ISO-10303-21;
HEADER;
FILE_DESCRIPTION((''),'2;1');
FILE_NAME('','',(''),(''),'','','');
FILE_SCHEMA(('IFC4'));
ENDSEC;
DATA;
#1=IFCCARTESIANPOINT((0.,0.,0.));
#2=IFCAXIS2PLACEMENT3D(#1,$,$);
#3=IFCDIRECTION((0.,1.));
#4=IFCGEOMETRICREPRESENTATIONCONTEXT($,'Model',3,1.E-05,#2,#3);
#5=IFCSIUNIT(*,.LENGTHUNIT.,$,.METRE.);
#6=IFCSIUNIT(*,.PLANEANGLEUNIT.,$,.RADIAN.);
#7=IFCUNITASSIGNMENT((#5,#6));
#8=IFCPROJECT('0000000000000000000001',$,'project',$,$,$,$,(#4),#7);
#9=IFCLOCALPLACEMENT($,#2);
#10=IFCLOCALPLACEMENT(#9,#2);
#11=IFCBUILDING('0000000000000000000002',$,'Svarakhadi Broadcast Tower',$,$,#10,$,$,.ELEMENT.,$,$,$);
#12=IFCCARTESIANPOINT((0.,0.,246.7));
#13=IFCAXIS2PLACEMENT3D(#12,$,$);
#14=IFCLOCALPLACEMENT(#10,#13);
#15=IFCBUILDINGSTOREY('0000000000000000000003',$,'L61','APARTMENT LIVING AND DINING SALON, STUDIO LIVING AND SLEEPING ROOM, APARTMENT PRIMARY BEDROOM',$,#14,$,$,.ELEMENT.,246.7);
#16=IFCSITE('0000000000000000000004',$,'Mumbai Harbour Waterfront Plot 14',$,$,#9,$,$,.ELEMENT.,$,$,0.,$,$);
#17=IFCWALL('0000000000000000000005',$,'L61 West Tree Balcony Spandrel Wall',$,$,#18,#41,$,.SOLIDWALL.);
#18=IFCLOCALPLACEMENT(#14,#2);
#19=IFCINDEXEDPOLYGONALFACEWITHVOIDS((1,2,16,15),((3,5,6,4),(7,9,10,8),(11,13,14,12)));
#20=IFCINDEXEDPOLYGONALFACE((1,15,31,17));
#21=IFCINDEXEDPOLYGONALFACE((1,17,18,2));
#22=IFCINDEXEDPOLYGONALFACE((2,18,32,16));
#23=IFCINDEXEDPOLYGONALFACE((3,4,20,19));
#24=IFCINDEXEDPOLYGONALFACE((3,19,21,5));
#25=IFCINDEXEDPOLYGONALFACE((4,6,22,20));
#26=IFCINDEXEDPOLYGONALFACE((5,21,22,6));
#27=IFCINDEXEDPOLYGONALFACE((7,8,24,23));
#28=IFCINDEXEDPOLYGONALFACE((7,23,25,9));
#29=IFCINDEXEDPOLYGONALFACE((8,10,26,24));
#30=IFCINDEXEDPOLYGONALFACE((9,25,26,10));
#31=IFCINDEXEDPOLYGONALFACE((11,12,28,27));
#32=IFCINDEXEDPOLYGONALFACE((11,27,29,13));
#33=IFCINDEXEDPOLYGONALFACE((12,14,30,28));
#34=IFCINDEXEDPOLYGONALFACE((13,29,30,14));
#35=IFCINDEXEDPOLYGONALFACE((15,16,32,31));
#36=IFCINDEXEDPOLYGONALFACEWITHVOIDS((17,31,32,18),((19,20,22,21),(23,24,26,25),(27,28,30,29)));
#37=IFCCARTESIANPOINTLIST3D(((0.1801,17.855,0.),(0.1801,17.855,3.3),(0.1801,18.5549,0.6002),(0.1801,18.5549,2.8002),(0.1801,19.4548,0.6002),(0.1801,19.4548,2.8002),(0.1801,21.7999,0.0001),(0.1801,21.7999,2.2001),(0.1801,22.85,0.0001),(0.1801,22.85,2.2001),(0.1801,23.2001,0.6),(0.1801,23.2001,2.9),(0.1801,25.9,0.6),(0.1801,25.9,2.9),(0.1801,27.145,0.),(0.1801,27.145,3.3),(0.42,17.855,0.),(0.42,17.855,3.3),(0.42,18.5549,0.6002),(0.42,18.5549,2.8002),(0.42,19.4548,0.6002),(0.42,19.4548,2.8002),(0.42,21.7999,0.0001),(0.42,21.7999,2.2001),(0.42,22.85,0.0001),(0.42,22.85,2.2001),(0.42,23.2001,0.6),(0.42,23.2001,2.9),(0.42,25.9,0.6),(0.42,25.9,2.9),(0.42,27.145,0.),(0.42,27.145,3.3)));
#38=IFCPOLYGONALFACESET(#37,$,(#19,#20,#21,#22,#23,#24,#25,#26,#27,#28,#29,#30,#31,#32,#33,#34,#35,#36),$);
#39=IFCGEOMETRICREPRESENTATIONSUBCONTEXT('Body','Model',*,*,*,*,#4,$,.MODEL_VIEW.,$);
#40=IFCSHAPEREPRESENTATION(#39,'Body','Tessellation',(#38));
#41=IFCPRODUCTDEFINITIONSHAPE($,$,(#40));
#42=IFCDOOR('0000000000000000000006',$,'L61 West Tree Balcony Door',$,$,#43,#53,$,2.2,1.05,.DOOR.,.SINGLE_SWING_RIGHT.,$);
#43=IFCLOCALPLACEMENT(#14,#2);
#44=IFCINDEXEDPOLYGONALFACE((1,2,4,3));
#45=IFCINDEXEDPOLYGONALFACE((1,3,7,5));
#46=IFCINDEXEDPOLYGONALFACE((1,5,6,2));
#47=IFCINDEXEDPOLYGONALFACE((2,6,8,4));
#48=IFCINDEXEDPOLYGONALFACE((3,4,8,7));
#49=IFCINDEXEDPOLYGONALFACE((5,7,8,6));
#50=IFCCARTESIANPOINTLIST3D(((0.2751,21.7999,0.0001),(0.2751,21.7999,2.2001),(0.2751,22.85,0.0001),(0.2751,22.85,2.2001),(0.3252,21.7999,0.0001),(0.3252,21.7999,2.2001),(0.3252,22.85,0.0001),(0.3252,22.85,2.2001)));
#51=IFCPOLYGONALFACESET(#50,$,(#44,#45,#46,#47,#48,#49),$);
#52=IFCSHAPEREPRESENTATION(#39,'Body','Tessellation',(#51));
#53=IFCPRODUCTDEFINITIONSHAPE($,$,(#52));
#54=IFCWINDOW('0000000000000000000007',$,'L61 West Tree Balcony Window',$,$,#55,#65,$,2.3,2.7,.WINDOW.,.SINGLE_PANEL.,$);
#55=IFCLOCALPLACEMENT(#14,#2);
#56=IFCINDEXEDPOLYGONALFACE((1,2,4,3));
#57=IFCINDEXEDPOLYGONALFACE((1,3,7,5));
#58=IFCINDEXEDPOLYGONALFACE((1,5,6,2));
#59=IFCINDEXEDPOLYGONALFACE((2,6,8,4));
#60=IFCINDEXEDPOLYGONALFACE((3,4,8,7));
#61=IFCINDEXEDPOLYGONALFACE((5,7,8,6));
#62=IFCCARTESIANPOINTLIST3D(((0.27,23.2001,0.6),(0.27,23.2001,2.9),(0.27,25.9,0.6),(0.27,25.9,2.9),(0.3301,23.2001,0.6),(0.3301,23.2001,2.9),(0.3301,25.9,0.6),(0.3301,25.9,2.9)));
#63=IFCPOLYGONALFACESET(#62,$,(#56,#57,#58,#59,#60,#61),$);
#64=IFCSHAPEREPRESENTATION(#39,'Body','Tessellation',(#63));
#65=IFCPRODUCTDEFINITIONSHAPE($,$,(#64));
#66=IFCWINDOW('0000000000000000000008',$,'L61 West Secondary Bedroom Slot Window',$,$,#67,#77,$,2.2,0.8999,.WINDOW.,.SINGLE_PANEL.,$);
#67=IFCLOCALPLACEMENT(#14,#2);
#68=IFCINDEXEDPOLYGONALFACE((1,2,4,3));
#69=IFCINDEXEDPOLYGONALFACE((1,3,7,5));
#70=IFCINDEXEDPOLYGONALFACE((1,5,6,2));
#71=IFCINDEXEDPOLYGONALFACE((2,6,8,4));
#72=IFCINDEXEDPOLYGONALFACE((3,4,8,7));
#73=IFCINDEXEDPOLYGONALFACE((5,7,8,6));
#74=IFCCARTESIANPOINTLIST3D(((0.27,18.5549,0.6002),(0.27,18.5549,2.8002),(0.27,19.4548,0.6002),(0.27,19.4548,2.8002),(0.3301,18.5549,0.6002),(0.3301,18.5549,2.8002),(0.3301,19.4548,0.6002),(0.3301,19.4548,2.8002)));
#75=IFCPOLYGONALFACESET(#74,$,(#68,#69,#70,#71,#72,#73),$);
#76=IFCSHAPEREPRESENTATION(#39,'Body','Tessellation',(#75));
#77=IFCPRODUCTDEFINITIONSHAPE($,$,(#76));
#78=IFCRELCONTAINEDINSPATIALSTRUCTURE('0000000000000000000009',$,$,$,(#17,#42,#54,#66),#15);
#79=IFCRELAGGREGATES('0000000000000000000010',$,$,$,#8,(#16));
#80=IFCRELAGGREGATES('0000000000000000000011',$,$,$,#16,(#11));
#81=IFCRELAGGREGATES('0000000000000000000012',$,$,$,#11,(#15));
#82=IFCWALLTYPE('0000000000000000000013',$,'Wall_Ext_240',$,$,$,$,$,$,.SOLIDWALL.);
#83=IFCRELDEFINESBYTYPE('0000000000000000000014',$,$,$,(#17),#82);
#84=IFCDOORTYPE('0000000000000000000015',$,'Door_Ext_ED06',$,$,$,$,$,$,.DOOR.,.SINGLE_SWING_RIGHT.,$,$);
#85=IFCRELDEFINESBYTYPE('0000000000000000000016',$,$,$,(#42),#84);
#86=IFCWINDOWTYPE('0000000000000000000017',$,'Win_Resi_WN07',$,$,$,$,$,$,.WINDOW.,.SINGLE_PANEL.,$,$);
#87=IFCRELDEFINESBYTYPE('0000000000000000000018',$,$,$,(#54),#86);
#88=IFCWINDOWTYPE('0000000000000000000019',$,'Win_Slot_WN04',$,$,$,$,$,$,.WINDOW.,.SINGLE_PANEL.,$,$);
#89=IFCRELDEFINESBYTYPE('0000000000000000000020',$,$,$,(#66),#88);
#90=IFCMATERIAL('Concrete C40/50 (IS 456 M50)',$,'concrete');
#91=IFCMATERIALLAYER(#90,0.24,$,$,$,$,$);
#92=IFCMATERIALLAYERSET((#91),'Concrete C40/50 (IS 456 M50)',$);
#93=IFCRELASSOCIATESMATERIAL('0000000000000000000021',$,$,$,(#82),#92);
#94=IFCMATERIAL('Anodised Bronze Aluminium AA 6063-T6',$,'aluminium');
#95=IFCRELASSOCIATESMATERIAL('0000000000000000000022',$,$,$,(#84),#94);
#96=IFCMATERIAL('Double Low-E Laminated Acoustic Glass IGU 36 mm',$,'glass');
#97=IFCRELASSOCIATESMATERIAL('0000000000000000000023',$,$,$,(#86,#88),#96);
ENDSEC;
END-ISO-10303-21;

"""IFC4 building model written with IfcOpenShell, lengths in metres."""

from ifc_helpers import new_model, si_unit, direction, frame, frame_2d, origin, place, context, subcontext, project, spatial, rectangle, extrude, material, layer, layer_set, type_object, element, fill, save


model = new_model("IFC4")

# Units and contexts
model_context = context("Model", 3, precision=1e-05, world=origin(), true_north=direction((0.0, 1.0)))
body_context = subcontext(model_context, "Body", "Model", "MODEL_VIEW")
ifc_project = project(units=[si_unit("LENGTHUNIT", "METRE"), si_unit("PLANEANGLEUNIT", "RADIAN")], contexts=[model_context])

# Site, building, storey
site_placement = place(None, origin())
site = spatial("IfcSite", under=ifc_project, at=site_placement, Name="Mumbai Harbour Waterfront Plot 14", CompositionType="ELEMENT", RefElevation=0.0)
building_placement = place(site_placement, origin())
building = spatial("IfcBuilding", under=site, at=building_placement, Name="Svarakhadi Broadcast Tower", CompositionType="ELEMENT")
storey_placement = place(building_placement, frame((0.0, 0.0, 246.7)))
storey = spatial("IfcBuildingStorey", under=building, at=storey_placement, Name="L61", Description="APARTMENT LIVING AND DINING SALON, STUDIO LIVING AND SLEEPING ROOM, APARTMENT PRIMARY BEDROOM", CompositionType="ELEMENT", Elevation=246.7)

# Shared definitions
ifc_material_1 = material(Name="Anodised Bronze Aluminium AA 6063-T6", Category="aluminium")

# Shared definitions
ifc_material_2 = material(Name="Double Low-E Laminated Acoustic Glass IGU 36 mm", Category="glass")

# Wall, openings, door, windows
ifc_material_3 = material(Name="Concrete C40/50 (IS 456 M50)", Category="concrete")
ifc_layer_1 = layer(ifc_material_3, 0.24)
ifc_layer_set_1 = layer_set([ifc_layer_1], Name="Concrete C40/50 (IS 456 M50)")
wall_type_1 = type_object("IfcWallType", Name="Wall_Ext_240", PredefinedType="SOLIDWALL", material=ifc_layer_set_1)
wall_1_placement = place(storey_placement, frame((0.3, 17.855, 0.0), z_axis=(0.0, 0.0, 1.0), x_axis=(0.0, 1.0, 0.0)))
wall_1 = element("IfcWall", 1, at=wall_1_placement, inside=storey, type_object=wall_type_1, Name="L61 West Tree Balcony Spandrel Wall", PredefinedType="SOLIDWALL", context=body_context, shape_type="SweptSolid", body=[
    extrude(rectangle(XDim=9.29, YDim=0.24, at=frame_2d((4.645, 0.0))), origin(), (0.0, 0.0, 1.0), 3.3),
])
opening_1_placement = place(wall_1_placement, frame((3.9451, 0.0, 0.0)))
opening_1 = element("IfcOpeningElement", 2, at=opening_1_placement, cuts=wall_1, PredefinedType="OPENING", context=body_context, shape_type="SweptSolid", body=[
    extrude(rectangle(XDim=1.05, YDim=2.2, at=frame_2d((0.5249, 1.1001))), frame((0.0, 0.1299, 0.0), z_axis=(0.0, -1.0, 0.0), x_axis=(1.0, 0.0, 0.0)), (0.0, 0.0, 1.0), 0.26),
])
opening_2_placement = place(wall_1_placement, frame((5.345, 0.0, 0.6001)))
opening_2 = element("IfcOpeningElement", 3, at=opening_2_placement, cuts=wall_1, PredefinedType="OPENING", context=body_context, shape_type="SweptSolid", body=[
    extrude(rectangle(XDim=2.7, YDim=2.3, at=frame_2d((1.3501, 1.1499))), frame((0.0, 0.1299, 0.0), z_axis=(0.0, -1.0, 0.0), x_axis=(1.0, 0.0, 0.0)), (0.0, 0.0, 1.0), 0.26),
])
opening_3_placement = place(wall_1_placement, frame((0.7, 0.0, 0.6001)))
opening_3 = element("IfcOpeningElement", 4, at=opening_3_placement, cuts=wall_1, PredefinedType="OPENING", context=body_context, shape_type="SweptSolid", body=[
    extrude(rectangle(XDim=0.8999, YDim=2.2, at=frame_2d((0.45, 1.1001))), frame((0.0, 0.1299, 0.0), z_axis=(0.0, -1.0, 0.0), x_axis=(1.0, 0.0, 0.0)), (0.0, 0.0, 1.0), 0.26),
])
door_type_1 = type_object("IfcDoorType", Name="Door_Ext_ED06", OperationType="SINGLE_SWING_RIGHT", PredefinedType="DOOR", material=ifc_material_1)
door_1_placement = place(opening_1_placement, origin())
door_1 = element("IfcDoor", 5, at=door_1_placement, inside=storey, type_object=door_type_1, Name="L61 West Tree Balcony Door", OperationType="SINGLE_SWING_RIGHT", OverallHeight=2.2, OverallWidth=1.05, PredefinedType="DOOR", context=body_context, shape_type="SweptSolid", body=[
    extrude(rectangle(XDim=1.05, YDim=2.2, at=frame_2d((0.5249, 1.1001))), frame((0.0, 0.0249, 0.0), z_axis=(0.0, -1.0, 0.0), x_axis=(1.0, 0.0, 0.0)), (0.0, 0.0, 1.0), 0.05),
])
fill(opening_1, door_1)
window_type_1 = type_object("IfcWindowType", Name="Win_Resi_WN07", PartitioningType="SINGLE_PANEL", PredefinedType="WINDOW", material=ifc_material_2)
window_1_placement = place(opening_2_placement, origin())
window_1 = element("IfcWindow", 6, at=window_1_placement, inside=storey, type_object=window_type_1, Name="L61 West Tree Balcony Window", OverallHeight=2.3, OverallWidth=2.7, PartitioningType="SINGLE_PANEL", PredefinedType="WINDOW", context=body_context, shape_type="SweptSolid", body=[
    extrude(rectangle(XDim=2.7, YDim=2.3, at=frame_2d((1.3501, 1.1499))), frame((0.0, 0.03, 0.0), z_axis=(0.0, -1.0, 0.0), x_axis=(1.0, 0.0, 0.0)), (0.0, 0.0, 1.0), 0.0601),
])
fill(opening_2, window_1)
window_type_2 = type_object("IfcWindowType", Name="Win_Slot_WN04", PartitioningType="SINGLE_PANEL", PredefinedType="WINDOW", material=ifc_material_2)
window_2_placement = place(opening_3_placement, origin())
window_2 = element("IfcWindow", 7, at=window_2_placement, inside=storey, type_object=window_type_2, Name="L61 West Secondary Bedroom Slot Window", OverallHeight=2.2, OverallWidth=0.8999, PartitioningType="SINGLE_PANEL", PredefinedType="WINDOW", context=body_context, shape_type="SweptSolid", body=[
    extrude(rectangle(XDim=0.8999, YDim=2.2, at=frame_2d((0.45, 1.1001))), frame((0.0, 0.03, 0.0), z_axis=(0.0, -1.0, 0.0), x_axis=(1.0, 0.0, 0.0)), (0.0, 0.0, 1.0), 0.0601),
])
fill(opening_3, window_2)

save(model, "model.ifc")
